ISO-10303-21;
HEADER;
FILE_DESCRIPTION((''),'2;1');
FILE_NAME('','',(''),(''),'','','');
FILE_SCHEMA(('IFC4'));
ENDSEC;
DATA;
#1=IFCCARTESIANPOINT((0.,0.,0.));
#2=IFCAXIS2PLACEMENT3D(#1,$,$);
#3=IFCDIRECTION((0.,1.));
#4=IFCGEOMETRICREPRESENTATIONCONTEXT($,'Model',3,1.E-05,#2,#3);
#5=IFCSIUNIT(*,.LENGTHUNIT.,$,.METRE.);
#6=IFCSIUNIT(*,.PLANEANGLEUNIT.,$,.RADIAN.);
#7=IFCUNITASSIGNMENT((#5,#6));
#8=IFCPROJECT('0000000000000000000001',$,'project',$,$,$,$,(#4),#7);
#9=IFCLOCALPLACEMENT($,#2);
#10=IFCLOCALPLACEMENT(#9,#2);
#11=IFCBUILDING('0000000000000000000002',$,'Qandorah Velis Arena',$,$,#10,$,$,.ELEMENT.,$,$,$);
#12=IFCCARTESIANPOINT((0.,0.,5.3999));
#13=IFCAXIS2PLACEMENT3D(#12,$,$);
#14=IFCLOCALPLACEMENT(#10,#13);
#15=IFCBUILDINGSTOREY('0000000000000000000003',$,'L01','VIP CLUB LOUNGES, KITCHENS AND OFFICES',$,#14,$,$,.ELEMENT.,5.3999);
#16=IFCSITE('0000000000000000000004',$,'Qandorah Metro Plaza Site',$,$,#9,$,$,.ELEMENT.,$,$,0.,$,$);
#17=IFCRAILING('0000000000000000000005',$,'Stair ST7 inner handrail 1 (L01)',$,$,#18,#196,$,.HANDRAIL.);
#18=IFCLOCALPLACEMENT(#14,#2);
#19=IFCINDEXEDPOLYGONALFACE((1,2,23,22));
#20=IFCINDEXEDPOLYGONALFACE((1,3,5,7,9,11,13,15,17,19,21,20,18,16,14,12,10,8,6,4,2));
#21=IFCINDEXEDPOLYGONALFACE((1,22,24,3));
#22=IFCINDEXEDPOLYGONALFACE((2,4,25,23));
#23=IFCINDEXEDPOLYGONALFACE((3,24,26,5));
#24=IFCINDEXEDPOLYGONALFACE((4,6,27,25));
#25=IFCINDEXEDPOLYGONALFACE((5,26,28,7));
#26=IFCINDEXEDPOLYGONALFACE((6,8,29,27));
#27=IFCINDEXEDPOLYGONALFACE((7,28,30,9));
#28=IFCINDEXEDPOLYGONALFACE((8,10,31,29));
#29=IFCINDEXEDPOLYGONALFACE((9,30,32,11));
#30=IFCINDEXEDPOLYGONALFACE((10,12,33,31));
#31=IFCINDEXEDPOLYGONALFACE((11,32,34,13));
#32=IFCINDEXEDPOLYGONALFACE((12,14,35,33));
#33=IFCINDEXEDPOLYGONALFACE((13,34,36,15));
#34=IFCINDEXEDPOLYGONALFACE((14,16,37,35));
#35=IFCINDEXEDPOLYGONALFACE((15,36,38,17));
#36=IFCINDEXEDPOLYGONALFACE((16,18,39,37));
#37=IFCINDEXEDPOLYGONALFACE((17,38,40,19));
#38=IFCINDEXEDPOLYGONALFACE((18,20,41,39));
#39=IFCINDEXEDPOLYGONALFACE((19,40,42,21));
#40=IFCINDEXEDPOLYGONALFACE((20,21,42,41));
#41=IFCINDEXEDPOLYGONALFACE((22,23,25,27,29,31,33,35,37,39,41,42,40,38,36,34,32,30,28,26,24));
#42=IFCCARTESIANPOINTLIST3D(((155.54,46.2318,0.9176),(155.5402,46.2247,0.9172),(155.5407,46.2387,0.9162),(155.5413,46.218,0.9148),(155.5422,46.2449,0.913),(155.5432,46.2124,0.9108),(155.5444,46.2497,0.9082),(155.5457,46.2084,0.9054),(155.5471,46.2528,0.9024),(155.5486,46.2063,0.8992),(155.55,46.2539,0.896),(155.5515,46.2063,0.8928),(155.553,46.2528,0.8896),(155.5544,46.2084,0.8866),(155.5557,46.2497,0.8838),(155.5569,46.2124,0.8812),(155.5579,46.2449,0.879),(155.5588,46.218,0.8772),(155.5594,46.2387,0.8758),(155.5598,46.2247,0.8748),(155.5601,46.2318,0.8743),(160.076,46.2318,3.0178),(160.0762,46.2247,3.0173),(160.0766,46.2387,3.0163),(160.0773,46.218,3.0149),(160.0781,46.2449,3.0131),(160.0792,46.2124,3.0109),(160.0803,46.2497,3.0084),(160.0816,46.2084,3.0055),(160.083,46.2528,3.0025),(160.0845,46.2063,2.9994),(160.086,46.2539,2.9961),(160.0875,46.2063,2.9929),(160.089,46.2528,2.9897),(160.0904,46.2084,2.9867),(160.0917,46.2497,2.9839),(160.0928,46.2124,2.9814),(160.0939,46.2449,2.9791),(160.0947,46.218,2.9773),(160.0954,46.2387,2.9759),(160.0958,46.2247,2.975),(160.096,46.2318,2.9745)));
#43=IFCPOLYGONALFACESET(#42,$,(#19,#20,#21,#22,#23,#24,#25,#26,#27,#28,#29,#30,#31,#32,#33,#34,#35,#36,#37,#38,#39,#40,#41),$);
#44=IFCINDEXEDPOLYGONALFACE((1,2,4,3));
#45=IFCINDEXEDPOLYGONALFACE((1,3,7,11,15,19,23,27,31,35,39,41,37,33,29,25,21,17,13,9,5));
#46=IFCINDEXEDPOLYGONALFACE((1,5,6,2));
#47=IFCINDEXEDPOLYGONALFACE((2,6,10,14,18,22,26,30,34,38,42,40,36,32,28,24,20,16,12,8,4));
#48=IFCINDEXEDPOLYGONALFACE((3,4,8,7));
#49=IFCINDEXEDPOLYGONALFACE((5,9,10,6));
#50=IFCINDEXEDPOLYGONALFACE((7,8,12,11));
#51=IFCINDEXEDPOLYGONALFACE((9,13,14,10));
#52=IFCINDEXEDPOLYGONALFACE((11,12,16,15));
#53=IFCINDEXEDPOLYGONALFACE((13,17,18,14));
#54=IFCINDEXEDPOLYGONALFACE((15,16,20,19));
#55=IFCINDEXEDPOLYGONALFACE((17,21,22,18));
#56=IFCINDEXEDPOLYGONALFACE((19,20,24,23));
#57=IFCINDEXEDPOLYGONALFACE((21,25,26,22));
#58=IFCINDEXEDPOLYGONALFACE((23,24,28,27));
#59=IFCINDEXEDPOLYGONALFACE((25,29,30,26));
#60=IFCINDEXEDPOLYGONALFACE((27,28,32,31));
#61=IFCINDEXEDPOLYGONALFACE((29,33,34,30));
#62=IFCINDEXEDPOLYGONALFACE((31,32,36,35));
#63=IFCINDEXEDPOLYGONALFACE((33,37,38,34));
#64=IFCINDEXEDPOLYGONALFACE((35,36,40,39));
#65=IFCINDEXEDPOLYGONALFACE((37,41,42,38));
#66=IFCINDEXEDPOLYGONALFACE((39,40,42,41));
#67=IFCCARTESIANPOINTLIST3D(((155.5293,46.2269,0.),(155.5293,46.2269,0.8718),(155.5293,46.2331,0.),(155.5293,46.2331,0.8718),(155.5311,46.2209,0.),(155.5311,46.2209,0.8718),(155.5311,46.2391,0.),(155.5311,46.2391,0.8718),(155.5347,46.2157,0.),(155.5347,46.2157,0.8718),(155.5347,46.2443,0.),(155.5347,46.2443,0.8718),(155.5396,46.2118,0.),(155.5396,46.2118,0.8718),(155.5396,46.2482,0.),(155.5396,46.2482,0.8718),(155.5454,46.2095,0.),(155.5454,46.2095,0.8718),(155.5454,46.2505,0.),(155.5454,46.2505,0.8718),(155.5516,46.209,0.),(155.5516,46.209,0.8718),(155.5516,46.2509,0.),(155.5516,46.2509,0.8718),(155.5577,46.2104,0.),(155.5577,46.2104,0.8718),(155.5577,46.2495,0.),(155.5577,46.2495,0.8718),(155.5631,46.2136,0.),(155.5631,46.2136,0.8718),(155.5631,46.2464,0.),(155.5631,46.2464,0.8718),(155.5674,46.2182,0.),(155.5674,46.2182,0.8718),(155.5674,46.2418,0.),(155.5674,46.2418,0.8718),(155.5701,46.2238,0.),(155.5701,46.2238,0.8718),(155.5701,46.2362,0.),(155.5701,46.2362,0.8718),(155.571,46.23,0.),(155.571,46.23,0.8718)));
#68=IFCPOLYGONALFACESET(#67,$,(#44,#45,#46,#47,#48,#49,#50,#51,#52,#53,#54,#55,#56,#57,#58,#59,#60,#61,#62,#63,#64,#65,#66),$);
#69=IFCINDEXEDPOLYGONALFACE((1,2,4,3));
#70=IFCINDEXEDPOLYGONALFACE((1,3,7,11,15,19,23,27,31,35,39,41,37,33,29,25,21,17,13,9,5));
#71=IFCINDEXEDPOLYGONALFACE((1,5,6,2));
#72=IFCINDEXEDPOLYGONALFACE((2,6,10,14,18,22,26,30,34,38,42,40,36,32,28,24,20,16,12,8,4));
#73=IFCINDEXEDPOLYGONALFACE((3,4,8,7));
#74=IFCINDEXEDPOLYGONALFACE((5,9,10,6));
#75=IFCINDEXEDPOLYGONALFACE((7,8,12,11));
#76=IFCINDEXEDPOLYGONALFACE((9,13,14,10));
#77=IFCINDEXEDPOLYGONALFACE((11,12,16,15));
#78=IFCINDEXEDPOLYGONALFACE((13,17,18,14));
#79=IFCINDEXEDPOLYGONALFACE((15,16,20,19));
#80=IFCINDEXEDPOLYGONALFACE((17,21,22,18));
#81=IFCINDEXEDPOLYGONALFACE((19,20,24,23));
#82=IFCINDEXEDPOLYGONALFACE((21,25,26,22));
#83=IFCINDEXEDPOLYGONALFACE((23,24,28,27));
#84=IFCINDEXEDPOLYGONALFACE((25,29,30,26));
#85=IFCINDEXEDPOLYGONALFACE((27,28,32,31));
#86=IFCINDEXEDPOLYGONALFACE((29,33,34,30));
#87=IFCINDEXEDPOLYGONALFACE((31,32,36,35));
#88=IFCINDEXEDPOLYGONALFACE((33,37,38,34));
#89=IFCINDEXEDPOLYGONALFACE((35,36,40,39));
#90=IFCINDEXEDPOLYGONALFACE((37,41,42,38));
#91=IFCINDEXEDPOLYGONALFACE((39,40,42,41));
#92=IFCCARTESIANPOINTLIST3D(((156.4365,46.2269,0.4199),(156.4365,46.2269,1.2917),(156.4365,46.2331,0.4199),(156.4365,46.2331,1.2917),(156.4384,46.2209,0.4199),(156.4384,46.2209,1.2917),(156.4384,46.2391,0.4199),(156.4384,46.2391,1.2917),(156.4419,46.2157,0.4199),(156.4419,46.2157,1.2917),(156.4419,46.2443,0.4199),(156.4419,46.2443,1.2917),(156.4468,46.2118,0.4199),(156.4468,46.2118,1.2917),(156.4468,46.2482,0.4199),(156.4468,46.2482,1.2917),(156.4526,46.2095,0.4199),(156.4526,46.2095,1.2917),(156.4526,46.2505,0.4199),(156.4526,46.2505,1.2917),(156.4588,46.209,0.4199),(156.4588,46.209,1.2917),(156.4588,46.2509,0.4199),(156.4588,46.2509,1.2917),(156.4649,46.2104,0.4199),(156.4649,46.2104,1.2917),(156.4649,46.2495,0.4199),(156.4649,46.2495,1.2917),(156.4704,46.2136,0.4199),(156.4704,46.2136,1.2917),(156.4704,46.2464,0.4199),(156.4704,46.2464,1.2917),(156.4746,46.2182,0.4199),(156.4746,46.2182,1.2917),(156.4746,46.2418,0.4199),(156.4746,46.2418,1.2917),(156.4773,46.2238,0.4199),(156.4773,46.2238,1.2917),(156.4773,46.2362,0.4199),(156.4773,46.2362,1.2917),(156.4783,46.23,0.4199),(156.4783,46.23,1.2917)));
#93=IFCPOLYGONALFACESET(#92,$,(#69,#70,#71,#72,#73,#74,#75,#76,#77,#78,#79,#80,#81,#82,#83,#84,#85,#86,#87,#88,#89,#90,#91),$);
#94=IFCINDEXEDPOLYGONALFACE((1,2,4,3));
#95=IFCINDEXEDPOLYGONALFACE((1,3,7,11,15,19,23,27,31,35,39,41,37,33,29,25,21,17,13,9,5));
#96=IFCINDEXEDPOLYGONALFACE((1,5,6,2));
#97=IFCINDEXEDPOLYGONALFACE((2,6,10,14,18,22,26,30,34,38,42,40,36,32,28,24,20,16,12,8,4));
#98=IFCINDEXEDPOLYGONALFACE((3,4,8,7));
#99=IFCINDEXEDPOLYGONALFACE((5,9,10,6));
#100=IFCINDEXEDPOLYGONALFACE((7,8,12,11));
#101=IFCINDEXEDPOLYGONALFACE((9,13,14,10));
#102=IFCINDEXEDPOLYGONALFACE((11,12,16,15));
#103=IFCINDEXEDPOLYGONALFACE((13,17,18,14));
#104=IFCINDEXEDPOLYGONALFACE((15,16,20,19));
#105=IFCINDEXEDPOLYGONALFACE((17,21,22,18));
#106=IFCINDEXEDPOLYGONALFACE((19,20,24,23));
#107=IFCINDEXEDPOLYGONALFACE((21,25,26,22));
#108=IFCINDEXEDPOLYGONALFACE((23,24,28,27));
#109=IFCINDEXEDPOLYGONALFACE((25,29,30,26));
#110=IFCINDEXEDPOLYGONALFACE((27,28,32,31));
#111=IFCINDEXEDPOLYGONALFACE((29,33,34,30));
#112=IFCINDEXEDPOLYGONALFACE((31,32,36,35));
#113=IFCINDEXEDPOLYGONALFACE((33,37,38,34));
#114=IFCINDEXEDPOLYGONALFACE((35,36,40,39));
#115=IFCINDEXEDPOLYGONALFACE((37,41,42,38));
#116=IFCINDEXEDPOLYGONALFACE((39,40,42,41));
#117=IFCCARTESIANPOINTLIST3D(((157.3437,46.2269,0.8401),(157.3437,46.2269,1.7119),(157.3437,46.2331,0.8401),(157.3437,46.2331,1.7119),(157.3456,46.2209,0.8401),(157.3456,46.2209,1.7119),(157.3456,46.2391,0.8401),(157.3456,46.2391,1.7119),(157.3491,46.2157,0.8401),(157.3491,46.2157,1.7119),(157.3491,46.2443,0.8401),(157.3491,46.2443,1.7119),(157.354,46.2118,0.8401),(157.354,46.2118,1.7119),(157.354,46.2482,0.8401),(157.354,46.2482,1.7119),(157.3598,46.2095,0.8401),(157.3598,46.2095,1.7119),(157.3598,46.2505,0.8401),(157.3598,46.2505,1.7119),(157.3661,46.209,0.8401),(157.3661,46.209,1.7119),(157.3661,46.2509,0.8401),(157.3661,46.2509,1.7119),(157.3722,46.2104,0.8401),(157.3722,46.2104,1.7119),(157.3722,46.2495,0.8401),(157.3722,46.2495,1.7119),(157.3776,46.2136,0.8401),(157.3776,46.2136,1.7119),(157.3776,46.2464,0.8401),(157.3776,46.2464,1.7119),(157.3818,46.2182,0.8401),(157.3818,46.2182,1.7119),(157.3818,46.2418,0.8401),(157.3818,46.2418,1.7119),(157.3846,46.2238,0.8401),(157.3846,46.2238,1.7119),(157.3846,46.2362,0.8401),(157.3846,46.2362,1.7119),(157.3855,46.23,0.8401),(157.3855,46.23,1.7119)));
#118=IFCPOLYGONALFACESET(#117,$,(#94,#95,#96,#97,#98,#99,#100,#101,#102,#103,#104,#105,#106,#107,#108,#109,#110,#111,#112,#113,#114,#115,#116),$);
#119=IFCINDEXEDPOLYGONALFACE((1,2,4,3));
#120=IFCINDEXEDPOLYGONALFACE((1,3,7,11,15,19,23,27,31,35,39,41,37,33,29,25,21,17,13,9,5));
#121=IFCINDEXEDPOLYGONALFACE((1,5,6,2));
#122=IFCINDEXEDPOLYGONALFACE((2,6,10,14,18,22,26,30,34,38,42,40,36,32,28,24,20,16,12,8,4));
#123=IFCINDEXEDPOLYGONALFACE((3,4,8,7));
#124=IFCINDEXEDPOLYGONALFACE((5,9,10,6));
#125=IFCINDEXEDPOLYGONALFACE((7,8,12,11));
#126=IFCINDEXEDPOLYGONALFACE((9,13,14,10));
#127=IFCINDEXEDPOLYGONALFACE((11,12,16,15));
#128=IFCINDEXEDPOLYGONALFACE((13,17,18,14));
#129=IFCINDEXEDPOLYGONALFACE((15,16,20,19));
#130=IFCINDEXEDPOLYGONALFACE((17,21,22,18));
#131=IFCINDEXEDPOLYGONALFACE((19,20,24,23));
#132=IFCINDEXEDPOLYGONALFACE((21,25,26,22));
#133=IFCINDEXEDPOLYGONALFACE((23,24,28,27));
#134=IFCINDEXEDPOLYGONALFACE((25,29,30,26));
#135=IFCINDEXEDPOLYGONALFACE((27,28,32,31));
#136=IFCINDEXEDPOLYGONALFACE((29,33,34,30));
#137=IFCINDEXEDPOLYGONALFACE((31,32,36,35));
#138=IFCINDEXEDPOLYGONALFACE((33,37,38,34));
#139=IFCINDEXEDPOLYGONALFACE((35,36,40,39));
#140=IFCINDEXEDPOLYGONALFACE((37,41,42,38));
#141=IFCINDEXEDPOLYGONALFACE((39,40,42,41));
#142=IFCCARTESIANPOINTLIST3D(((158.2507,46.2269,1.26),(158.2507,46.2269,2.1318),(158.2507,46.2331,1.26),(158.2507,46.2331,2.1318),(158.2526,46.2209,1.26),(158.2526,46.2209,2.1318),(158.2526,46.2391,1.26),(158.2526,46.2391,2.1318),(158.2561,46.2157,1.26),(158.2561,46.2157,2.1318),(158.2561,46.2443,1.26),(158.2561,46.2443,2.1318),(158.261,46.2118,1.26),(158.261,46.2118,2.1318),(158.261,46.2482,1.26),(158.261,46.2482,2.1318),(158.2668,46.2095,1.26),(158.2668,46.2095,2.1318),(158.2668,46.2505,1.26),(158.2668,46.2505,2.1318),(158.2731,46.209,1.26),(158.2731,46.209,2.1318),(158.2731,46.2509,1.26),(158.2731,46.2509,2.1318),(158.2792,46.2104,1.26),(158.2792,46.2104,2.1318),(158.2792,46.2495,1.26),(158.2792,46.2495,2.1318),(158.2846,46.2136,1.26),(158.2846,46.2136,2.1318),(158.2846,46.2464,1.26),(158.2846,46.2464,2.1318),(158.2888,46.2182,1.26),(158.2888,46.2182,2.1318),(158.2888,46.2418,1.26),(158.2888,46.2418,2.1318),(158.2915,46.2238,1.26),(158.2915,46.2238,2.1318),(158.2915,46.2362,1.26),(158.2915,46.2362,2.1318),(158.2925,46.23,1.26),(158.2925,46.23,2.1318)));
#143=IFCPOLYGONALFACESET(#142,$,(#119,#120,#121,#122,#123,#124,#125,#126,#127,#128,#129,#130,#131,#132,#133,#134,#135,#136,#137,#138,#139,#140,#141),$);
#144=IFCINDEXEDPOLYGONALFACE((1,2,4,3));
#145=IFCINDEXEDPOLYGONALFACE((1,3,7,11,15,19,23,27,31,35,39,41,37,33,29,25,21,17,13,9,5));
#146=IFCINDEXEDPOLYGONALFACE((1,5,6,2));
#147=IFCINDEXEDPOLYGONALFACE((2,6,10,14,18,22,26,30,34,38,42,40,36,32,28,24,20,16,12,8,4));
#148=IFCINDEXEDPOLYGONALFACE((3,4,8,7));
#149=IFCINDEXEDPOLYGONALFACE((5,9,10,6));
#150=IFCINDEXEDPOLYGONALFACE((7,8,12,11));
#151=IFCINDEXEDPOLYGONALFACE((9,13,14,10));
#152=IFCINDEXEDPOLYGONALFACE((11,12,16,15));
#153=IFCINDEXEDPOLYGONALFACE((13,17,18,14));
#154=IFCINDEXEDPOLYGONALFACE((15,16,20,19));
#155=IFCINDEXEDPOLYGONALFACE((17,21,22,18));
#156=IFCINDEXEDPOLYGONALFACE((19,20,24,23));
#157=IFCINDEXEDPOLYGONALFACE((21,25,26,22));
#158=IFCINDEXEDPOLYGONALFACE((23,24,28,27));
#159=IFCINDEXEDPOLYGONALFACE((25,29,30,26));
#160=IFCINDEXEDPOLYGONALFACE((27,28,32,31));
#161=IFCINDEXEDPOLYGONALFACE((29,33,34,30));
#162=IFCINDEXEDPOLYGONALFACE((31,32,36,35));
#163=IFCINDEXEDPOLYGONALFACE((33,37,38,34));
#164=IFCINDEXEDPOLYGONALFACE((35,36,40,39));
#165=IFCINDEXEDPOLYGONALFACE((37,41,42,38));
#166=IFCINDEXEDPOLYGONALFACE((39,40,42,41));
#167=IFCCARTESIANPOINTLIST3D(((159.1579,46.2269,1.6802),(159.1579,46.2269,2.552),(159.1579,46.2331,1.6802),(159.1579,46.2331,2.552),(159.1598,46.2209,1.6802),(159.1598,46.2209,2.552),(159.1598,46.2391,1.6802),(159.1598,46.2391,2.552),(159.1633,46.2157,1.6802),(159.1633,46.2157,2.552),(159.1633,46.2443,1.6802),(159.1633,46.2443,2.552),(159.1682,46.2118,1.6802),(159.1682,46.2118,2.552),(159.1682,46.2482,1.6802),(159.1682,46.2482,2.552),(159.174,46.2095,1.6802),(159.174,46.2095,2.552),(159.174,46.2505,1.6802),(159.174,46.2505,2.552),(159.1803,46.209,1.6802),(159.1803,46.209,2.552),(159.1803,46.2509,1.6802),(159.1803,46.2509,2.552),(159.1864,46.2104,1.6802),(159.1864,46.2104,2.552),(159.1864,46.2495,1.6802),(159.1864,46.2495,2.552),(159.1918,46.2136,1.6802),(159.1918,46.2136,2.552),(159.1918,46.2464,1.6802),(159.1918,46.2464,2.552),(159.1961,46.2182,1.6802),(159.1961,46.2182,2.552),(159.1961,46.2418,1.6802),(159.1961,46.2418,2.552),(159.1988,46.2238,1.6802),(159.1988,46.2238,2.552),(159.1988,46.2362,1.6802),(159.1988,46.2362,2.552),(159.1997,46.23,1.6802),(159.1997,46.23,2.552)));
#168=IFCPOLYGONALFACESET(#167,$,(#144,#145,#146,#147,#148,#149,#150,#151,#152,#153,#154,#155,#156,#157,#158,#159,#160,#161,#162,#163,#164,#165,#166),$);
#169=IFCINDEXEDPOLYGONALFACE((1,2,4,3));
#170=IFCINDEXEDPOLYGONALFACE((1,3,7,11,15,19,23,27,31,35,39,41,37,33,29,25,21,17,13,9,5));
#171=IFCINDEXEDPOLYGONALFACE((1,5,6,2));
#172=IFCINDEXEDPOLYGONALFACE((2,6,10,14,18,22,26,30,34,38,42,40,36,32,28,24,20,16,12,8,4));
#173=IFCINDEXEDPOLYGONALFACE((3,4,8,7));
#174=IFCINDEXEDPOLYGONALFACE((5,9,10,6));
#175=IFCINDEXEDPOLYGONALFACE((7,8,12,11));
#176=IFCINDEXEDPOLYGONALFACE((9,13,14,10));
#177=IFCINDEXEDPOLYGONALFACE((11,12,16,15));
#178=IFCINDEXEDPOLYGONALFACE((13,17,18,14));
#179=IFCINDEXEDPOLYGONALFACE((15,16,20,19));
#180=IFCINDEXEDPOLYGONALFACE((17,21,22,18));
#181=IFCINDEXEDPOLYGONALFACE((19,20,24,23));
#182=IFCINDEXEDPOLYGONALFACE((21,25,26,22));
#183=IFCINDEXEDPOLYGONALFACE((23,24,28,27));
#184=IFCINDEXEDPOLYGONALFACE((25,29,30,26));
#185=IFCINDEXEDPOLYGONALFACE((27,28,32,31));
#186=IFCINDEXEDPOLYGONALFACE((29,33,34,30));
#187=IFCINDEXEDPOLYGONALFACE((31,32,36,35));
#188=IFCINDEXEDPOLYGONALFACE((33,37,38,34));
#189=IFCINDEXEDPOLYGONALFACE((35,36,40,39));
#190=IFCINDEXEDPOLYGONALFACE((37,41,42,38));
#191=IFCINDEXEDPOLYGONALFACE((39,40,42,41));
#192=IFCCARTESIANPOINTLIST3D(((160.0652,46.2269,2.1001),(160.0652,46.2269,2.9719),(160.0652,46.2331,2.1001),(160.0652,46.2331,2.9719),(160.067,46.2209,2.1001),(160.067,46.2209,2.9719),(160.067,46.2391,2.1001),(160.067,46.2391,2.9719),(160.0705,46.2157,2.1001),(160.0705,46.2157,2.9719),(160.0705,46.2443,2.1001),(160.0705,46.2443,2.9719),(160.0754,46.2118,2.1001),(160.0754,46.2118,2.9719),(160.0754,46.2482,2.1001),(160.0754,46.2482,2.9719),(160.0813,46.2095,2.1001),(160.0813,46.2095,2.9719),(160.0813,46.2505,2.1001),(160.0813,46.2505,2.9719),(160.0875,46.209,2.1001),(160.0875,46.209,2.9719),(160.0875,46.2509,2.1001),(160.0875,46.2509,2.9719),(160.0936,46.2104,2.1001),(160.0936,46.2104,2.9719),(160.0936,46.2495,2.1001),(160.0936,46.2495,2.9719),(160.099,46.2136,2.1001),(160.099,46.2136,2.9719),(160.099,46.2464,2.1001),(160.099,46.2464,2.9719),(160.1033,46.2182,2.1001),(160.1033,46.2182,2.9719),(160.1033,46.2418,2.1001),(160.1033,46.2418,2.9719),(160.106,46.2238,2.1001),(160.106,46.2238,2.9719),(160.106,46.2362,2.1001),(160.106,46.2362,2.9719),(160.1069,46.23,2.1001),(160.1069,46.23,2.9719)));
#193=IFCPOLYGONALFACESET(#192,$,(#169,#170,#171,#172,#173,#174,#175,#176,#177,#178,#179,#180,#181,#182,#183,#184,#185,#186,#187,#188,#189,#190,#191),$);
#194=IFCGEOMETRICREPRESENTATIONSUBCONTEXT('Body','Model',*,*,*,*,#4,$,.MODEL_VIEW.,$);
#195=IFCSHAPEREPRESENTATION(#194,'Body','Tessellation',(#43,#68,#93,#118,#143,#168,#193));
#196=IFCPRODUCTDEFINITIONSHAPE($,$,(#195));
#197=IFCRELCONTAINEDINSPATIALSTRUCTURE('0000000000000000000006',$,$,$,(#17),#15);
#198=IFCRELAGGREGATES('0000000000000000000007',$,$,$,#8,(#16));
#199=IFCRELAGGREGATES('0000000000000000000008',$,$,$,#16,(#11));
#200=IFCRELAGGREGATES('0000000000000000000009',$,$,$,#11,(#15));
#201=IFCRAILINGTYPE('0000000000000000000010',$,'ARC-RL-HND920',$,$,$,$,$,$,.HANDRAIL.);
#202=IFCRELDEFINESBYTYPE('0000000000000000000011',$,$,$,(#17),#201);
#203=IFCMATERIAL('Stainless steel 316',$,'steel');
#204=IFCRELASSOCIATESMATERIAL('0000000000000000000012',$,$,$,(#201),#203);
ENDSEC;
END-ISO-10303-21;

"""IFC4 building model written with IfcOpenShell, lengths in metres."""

from ifc_helpers import new_model, si_unit, direction, frame, origin, origin_2d, place, context, subcontext, project, spatial, circle, extrude, material, type_object, element, save


model = new_model("IFC4")

# Units and contexts
model_context = context("Model", 3, precision=1e-05, world=origin(), true_north=direction((0.0, 1.0)))
body_context = subcontext(model_context, "Body", "Model", "MODEL_VIEW")
ifc_project = project(units=[si_unit("LENGTHUNIT", "METRE"), si_unit("PLANEANGLEUNIT", "RADIAN")], contexts=[model_context])

# Site, building, storey
site_placement = place(None, origin())
site = spatial("IfcSite", under=ifc_project, at=site_placement, Name="Qandorah Metro Plaza Site", CompositionType="ELEMENT", RefElevation=0.0)
building_placement = place(site_placement, origin())
building = spatial("IfcBuilding", under=site, at=building_placement, Name="Qandorah Velis Arena", CompositionType="ELEMENT")
storey_placement = place(building_placement, frame((0.0, 0.0, 5.3999)))
storey = spatial("IfcBuildingStorey", under=building, at=storey_placement, Name="L01", Description="VIP CLUB LOUNGES, KITCHENS AND OFFICES", CompositionType="ELEMENT", Elevation=5.3999)

# Railing
ifc_material_1 = material(Name="Stainless steel 316", Category="steel")
railing_type_1 = type_object("IfcRailingType", Name="ARC-RL-HND920", PredefinedType="HANDRAIL", material=ifc_material_1)
railing_1_placement = place(storey_placement, frame((155.55, 46.23, 0.0)))
element("IfcRailing", 1, at=railing_1_placement, inside=storey, type_object=railing_type_1, Name="Stair ST7 inner handrail 1 (L01)", PredefinedType="HANDRAIL", context=body_context, shape_type="SweptSolid", body=[
    extrude(circle(Radius=0.0239, at=origin_2d()), frame((0.0, 0.0, 0.896), z_axis=(0.907456, 0.0, 0.420148), x_axis=(0.0, 1.0, 0.0)), (0.0, 0.0, 1.0), 4.9985),
    extrude(circle(Radius=0.021, at=origin_2d()), origin(), (0.0, 0.0, 1.0), 0.8718),
    extrude(circle(Radius=0.021, at=origin_2d()), frame((0.9072, 0.0, 0.4199)), (0.0, 0.0, 1.0), 0.8718),
    extrude(circle(Radius=0.021, at=origin_2d()), frame((1.8145, 0.0, 0.8401)), (0.0, 0.0, 1.0), 0.8718),
    extrude(circle(Radius=0.021, at=origin_2d()), frame((2.7214, 0.0, 1.26)), (0.0, 0.0, 1.0), 0.8718),
    extrude(circle(Radius=0.021, at=origin_2d()), frame((3.6287, 0.0, 1.6802)), (0.0, 0.0, 1.0), 0.8718),
    extrude(circle(Radius=0.021, at=origin_2d()), frame((4.5359, 0.0, 2.1001)), (0.0, 0.0, 1.0), 0.8718),
])

save(model, "model.ifc")
